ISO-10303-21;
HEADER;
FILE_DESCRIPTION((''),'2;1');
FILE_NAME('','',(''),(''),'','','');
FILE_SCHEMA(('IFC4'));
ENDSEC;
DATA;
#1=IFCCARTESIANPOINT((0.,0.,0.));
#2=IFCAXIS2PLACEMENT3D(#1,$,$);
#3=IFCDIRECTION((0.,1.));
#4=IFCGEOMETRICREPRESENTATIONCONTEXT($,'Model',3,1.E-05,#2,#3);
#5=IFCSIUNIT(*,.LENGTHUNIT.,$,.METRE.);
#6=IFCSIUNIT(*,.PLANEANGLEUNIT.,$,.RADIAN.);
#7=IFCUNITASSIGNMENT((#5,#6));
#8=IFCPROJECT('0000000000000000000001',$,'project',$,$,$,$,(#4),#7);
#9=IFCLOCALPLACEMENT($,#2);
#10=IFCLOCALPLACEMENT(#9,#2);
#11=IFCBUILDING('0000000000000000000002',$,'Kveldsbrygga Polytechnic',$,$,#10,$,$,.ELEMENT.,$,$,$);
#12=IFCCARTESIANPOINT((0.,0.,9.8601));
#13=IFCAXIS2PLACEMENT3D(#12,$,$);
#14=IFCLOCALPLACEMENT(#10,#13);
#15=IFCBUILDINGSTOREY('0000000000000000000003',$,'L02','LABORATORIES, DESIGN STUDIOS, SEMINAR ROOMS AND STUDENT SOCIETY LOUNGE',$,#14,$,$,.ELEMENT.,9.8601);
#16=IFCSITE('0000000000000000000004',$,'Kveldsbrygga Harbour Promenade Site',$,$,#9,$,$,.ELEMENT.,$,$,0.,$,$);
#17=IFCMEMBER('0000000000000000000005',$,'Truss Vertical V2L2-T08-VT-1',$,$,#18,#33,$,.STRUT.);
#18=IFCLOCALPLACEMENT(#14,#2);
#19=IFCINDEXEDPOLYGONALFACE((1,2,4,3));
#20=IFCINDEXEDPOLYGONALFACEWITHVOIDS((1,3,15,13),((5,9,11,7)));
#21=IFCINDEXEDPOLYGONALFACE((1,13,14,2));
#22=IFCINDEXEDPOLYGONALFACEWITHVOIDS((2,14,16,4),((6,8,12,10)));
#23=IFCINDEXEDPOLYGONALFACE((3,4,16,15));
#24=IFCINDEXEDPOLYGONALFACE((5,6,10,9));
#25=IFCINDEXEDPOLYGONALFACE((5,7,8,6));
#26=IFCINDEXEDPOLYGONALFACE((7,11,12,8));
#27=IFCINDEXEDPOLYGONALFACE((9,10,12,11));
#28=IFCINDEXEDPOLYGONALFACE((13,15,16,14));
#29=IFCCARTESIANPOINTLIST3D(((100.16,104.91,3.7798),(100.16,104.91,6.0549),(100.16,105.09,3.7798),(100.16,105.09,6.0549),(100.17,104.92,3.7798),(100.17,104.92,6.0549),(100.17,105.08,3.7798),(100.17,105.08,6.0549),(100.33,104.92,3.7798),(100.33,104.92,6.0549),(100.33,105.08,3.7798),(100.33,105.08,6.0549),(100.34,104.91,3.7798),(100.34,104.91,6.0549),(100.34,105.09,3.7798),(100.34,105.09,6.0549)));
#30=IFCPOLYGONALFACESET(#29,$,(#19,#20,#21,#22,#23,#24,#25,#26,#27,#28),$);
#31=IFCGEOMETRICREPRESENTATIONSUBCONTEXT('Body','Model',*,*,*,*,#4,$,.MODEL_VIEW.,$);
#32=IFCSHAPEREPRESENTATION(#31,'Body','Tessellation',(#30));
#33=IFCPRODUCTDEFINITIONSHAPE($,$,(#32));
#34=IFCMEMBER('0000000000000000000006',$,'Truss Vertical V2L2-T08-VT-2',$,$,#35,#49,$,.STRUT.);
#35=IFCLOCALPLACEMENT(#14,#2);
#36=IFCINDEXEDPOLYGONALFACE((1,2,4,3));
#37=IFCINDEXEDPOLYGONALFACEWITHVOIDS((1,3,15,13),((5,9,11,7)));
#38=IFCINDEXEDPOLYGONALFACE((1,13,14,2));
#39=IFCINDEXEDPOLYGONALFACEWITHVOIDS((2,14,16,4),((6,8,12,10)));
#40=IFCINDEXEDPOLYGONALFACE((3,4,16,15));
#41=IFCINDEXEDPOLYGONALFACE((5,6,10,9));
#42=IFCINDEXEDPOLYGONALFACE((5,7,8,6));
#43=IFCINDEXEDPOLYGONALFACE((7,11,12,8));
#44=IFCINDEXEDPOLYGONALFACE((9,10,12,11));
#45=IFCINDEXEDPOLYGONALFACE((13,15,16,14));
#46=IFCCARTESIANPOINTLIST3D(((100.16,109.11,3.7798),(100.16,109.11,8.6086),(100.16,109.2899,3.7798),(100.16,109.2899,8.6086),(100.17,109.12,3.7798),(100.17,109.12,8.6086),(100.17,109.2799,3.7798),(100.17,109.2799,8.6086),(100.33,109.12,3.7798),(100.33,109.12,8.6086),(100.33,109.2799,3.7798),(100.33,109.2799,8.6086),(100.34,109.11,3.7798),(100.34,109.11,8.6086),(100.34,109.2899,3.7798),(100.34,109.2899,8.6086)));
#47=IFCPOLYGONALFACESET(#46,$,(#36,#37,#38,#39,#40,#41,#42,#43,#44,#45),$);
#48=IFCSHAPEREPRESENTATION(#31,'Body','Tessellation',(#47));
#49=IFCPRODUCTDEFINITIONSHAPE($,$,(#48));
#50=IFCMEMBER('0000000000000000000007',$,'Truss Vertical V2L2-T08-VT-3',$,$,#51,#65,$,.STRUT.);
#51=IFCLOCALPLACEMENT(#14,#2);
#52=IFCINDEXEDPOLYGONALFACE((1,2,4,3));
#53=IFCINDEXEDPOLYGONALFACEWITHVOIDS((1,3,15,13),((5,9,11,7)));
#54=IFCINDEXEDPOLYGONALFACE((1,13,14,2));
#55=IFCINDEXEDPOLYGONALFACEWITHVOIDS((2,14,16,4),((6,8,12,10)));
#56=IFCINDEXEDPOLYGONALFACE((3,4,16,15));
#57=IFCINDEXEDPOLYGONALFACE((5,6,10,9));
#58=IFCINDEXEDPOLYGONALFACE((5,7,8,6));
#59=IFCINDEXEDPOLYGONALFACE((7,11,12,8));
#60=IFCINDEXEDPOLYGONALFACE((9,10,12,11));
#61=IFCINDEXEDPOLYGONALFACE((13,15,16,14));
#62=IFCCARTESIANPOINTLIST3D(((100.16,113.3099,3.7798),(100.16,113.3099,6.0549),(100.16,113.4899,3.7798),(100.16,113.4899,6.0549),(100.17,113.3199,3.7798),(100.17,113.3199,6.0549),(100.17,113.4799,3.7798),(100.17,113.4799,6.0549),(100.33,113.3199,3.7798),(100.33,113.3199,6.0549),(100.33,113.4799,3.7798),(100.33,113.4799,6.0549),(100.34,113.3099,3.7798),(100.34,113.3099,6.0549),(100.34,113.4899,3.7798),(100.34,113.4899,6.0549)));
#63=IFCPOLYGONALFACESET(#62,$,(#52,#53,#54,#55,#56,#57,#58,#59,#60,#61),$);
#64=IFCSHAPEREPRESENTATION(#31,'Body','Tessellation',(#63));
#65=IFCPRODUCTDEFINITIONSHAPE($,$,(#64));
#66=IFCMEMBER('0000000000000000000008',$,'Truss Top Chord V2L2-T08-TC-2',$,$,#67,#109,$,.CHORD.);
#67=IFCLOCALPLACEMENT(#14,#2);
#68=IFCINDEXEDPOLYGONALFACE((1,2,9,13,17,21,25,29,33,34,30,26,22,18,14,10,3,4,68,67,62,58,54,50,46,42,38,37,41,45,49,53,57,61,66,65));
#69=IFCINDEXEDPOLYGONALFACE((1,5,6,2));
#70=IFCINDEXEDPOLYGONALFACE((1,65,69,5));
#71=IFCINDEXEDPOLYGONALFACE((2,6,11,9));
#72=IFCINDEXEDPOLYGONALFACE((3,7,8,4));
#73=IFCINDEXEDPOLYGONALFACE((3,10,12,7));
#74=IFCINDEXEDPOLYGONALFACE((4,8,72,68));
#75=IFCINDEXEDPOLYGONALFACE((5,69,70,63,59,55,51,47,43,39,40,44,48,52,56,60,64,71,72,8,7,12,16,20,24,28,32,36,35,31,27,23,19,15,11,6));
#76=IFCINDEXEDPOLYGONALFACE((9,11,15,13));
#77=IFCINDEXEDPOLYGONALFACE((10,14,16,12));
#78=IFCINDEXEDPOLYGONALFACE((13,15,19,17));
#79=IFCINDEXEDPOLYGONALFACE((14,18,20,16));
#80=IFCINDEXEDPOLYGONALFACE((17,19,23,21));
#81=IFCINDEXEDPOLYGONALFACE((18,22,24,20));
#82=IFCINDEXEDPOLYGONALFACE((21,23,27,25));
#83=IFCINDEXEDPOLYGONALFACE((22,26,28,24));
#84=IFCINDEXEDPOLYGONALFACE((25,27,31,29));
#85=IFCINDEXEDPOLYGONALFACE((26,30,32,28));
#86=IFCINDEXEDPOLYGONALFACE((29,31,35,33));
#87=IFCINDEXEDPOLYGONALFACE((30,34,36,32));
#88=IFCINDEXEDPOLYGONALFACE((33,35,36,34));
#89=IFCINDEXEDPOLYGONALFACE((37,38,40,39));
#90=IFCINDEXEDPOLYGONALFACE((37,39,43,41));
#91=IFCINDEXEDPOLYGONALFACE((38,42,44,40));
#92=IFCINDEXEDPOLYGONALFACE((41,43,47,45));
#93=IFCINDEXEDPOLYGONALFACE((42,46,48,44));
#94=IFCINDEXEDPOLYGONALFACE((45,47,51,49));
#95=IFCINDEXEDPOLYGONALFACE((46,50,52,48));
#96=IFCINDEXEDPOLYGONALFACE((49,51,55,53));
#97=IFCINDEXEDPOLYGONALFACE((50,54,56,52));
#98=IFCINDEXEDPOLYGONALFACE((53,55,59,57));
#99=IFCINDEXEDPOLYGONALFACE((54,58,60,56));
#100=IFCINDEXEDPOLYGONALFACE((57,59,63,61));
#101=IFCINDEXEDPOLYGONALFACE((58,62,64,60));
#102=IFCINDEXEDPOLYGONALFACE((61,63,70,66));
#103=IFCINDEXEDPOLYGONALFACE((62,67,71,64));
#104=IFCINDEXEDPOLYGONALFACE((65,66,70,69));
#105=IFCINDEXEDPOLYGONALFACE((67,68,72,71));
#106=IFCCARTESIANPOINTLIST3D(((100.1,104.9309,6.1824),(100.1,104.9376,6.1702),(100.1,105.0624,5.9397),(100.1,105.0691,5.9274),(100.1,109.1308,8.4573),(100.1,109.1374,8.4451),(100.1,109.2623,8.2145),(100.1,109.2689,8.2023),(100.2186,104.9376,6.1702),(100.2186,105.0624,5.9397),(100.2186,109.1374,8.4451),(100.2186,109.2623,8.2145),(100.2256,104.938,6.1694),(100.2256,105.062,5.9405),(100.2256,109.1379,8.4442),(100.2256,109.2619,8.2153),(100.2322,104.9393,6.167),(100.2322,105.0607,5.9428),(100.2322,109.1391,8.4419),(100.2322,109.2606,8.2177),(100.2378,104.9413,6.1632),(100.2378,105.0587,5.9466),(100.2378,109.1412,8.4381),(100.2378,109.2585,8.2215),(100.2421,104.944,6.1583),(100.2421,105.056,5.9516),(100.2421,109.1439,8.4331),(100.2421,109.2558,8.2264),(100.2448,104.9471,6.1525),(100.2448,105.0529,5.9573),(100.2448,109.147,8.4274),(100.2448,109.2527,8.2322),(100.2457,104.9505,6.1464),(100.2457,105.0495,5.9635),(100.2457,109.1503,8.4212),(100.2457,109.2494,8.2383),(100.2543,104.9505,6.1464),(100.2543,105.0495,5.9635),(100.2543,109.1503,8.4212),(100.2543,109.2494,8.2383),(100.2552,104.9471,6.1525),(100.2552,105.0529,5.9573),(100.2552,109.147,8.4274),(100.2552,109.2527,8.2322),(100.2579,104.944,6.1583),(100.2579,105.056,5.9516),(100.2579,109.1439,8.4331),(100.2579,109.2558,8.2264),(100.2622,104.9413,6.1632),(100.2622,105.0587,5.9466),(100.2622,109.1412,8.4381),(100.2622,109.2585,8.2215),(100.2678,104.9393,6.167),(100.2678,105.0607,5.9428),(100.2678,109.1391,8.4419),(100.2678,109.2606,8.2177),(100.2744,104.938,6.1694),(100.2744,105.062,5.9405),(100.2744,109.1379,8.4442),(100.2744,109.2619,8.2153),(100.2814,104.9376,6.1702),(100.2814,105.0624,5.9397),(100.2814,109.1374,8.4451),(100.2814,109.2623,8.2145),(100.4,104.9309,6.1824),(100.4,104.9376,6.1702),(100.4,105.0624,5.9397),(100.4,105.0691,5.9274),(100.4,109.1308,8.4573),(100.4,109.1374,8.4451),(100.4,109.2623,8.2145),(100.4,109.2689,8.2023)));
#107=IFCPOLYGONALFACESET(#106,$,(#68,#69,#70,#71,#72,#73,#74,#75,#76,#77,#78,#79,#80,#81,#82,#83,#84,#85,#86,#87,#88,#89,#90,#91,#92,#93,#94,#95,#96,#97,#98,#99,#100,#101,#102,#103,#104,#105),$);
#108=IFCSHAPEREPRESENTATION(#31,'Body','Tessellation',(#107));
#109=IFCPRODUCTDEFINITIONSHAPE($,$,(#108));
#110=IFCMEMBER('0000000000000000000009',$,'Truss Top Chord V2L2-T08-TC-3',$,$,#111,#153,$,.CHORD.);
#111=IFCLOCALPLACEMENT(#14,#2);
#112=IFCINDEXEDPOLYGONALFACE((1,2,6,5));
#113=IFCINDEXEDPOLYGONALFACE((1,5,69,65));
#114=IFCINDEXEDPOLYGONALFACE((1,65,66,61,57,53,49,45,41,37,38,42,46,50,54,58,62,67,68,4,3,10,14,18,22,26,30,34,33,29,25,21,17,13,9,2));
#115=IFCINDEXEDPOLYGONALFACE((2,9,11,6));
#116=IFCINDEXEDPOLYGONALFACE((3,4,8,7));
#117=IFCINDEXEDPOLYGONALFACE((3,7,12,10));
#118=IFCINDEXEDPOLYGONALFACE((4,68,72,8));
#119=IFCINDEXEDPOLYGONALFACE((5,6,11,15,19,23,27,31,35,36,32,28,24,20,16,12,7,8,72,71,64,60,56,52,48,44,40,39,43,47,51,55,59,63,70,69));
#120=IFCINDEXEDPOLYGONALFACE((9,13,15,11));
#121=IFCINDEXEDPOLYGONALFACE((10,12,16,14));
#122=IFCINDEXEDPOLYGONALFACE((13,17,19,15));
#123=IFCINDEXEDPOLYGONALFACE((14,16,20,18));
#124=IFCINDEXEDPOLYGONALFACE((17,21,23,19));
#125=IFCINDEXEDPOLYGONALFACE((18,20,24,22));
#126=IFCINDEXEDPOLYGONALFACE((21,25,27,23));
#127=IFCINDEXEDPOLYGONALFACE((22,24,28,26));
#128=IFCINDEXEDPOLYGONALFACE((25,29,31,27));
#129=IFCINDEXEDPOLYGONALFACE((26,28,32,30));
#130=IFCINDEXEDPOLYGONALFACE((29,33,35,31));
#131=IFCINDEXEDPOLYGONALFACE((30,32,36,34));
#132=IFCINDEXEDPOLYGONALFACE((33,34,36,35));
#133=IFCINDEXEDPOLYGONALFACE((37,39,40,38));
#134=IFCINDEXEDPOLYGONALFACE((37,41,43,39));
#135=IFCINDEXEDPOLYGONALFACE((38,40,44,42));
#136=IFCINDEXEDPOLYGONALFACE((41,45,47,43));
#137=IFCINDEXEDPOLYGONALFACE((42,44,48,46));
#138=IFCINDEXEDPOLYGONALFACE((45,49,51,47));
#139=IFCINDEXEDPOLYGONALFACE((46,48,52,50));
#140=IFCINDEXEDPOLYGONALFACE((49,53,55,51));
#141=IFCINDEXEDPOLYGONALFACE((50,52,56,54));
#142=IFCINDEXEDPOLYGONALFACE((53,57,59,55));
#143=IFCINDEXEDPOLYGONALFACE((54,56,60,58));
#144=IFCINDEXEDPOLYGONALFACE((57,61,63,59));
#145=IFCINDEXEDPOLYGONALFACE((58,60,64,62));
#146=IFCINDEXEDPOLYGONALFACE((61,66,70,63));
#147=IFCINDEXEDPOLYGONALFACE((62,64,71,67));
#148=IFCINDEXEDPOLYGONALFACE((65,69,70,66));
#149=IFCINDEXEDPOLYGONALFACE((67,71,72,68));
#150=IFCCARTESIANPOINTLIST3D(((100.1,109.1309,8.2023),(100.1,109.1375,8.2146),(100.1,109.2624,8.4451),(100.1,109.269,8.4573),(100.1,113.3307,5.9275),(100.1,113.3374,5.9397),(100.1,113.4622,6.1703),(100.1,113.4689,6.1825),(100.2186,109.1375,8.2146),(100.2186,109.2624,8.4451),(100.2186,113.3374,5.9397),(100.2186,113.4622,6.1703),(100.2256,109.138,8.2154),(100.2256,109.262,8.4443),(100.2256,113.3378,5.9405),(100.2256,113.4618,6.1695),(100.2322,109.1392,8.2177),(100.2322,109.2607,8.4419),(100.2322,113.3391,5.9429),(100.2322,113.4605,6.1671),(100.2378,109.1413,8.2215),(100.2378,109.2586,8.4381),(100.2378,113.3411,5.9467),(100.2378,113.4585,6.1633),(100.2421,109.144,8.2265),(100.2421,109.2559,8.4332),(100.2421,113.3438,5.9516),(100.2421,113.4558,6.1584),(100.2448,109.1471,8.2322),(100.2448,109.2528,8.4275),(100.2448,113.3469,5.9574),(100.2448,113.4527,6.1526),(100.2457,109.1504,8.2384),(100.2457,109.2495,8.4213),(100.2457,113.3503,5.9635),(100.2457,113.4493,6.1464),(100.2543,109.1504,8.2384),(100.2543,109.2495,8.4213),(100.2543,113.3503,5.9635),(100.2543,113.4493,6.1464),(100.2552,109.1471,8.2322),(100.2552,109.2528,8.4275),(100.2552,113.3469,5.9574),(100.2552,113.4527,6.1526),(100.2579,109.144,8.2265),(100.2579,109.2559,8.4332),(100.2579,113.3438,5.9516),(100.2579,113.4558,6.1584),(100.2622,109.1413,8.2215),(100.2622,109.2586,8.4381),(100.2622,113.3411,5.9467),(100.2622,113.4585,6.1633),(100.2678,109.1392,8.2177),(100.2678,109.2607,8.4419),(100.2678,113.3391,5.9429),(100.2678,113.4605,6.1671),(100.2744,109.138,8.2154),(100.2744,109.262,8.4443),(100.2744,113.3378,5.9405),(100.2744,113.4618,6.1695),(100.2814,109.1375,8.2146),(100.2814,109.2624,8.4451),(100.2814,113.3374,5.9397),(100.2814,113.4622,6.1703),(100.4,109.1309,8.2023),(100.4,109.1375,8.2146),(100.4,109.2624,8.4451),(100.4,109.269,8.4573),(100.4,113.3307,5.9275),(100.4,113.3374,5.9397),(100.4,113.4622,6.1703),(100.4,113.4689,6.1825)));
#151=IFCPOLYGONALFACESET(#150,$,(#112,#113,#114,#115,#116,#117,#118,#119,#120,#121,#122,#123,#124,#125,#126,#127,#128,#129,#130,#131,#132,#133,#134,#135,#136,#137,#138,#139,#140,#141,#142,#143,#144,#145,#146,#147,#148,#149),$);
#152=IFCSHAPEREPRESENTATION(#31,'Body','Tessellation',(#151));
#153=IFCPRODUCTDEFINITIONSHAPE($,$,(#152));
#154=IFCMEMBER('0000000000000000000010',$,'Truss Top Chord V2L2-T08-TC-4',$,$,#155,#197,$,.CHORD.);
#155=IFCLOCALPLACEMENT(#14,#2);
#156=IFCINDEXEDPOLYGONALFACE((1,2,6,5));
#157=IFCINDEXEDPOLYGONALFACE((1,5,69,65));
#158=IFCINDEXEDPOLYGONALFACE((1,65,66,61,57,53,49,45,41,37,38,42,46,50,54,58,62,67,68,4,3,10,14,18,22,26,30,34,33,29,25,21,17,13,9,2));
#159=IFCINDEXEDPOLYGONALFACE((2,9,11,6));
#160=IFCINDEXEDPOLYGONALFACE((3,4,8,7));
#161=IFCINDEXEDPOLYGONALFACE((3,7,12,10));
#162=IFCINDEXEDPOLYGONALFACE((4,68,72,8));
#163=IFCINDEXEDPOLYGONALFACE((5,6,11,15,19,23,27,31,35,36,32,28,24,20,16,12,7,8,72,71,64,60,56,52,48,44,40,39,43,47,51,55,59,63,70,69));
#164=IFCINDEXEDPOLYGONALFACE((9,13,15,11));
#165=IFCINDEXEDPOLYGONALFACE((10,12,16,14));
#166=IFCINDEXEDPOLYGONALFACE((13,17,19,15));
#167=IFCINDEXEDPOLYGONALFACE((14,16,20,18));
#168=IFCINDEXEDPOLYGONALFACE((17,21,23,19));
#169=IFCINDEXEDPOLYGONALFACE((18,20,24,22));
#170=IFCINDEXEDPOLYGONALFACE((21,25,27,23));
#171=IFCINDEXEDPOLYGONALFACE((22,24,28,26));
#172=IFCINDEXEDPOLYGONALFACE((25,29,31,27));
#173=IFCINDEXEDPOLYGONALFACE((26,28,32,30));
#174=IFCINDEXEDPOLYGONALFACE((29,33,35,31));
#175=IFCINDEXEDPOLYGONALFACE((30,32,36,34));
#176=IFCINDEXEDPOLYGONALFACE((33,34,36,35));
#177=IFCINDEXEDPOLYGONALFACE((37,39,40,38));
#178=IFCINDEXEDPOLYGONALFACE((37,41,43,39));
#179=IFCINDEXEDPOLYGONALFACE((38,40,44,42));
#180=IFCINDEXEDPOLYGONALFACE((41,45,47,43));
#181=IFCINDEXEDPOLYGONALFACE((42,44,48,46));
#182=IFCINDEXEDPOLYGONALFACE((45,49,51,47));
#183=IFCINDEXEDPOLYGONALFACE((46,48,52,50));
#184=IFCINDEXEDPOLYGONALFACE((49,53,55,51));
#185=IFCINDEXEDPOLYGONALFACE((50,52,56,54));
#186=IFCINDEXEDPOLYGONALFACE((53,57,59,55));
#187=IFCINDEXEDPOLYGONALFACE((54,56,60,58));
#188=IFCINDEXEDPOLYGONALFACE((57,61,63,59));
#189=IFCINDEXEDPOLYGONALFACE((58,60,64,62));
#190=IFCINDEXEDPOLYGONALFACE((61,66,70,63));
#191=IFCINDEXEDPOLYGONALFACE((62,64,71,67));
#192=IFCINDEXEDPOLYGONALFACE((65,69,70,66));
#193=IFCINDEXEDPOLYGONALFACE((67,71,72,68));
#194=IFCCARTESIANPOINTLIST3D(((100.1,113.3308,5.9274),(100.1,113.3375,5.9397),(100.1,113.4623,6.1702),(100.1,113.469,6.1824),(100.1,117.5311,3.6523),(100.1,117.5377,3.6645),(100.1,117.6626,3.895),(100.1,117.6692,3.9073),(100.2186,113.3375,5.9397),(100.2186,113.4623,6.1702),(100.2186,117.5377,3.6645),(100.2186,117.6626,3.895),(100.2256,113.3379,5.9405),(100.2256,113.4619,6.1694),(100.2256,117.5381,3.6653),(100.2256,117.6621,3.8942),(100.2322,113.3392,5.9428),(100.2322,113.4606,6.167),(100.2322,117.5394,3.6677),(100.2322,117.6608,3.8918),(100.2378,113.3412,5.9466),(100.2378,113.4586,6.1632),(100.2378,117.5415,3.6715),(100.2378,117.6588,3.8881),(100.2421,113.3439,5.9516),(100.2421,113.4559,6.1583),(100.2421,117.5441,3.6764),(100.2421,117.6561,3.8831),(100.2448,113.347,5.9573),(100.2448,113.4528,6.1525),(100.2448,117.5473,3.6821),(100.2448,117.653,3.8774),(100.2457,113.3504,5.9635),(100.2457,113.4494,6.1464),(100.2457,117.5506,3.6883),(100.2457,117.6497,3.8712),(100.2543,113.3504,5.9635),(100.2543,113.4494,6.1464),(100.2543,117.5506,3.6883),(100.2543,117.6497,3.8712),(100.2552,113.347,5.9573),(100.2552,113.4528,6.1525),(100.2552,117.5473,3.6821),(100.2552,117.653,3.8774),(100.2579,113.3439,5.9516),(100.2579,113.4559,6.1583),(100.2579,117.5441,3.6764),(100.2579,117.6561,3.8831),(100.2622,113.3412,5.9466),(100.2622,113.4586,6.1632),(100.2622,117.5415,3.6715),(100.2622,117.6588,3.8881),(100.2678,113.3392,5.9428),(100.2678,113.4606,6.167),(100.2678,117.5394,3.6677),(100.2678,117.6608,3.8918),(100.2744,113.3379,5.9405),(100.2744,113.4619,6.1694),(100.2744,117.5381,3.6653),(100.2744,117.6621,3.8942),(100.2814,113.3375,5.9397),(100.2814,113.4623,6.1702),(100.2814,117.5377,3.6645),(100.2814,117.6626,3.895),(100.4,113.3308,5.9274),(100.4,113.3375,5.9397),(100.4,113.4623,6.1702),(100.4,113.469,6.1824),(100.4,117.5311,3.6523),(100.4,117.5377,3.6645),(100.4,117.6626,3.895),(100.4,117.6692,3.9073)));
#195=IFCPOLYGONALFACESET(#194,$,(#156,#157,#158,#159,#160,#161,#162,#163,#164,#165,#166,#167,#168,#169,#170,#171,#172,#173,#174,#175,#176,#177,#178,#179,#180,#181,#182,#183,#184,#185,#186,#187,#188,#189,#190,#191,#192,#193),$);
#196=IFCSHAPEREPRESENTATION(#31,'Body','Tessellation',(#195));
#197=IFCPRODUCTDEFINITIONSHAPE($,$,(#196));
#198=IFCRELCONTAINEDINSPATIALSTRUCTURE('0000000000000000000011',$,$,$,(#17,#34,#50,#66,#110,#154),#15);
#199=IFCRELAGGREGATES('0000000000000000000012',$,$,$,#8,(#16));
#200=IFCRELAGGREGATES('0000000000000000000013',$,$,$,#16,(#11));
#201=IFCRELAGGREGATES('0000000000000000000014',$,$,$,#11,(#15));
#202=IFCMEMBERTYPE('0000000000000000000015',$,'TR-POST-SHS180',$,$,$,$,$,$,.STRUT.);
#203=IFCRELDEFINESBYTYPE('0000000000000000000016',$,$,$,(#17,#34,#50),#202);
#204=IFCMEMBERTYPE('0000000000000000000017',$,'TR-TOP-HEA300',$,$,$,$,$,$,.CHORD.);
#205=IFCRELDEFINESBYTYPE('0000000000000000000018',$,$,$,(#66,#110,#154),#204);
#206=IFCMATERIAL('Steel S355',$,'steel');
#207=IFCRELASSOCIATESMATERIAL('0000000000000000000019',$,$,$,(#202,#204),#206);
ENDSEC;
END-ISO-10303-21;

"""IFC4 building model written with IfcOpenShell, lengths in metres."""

from ifc_helpers import new_model, si_unit, direction, frame, origin, origin_2d, place, context, subcontext, project, spatial, hollow_rectangle, i_section, extrude, material, material_profile, profile_set, type_object, element, save


model = new_model("IFC4")

# Units and contexts
model_context = context("Model", 3, precision=1e-05, world=origin(), true_north=direction((0.0, 1.0)))
body_context = subcontext(model_context, "Body", "Model", "MODEL_VIEW")
ifc_project = project(units=[si_unit("LENGTHUNIT", "METRE"), si_unit("PLANEANGLEUNIT", "RADIAN")], contexts=[model_context])

# Site, building, storey
site_placement = place(None, origin())
site = spatial("IfcSite", under=ifc_project, at=site_placement, Name="Kveldsbrygga Harbour Promenade Site", CompositionType="ELEMENT", RefElevation=0.0)
building_placement = place(site_placement, origin())
building = spatial("IfcBuilding", under=site, at=building_placement, Name="Kveldsbrygga Polytechnic", CompositionType="ELEMENT")
storey_placement = place(building_placement, frame((0.0, 0.0, 9.8601)))
storey = spatial("IfcBuildingStorey", under=building, at=storey_placement, Name="L02", Description="LABORATORIES, DESIGN STUDIOS, SEMINAR ROOMS AND STUDENT SOCIETY LOUNGE", CompositionType="ELEMENT", Elevation=9.8601)

# Members
ifc_material_1 = material(Name="Steel S355", Category="steel")
ifc_material_profile_1 = material_profile(ifc_material_1, hollow_rectangle(XDim=0.1799, YDim=0.1799, WallThickness=0.01, at=origin_2d()), Name="SHS 180x180x10.0")
ifc_profile_set_1 = profile_set([ifc_material_profile_1], Name="Steel S355")
member_type_1 = type_object("IfcMemberType", Name="TR-POST-SHS180", PredefinedType="STRUT", material=ifc_profile_set_1)
member_1_placement = place(storey_placement, frame((100.25, 105.0, 3.7798), z_axis=(0.0, 0.0, 1.0), x_axis=(1.0, 0.0, 0.0)))
element("IfcMember", 1, at=member_1_placement, inside=storey, type_object=member_type_1, Name="Truss Vertical V2L2-T08-VT-1", PredefinedType="STRUT", context=body_context, shape_type="SweptSolid", body=[
    extrude(hollow_rectangle(XDim=0.1799, YDim=0.1799, WallThickness=0.01, at=origin_2d()), origin(), (0.0, 0.0, 1.0), 2.2751),
])
member_2_placement = place(storey_placement, frame((100.25, 109.2, 3.7798), z_axis=(0.0, 0.0, 1.0), x_axis=(1.0, 0.0, 0.0)))
element("IfcMember", 2, at=member_2_placement, inside=storey, type_object=member_type_1, Name="Truss Vertical V2L2-T08-VT-2", PredefinedType="STRUT", context=body_context, shape_type="SweptSolid", body=[
    extrude(hollow_rectangle(XDim=0.1799, YDim=0.1799, WallThickness=0.01, at=origin_2d()), origin(), (0.0, 0.0, 1.0), 4.8289),
])
member_3_placement = place(storey_placement, frame((100.25, 113.3999, 3.7798), z_axis=(0.0, 0.0, 1.0), x_axis=(1.0, 0.0, 0.0)))
element("IfcMember", 3, at=member_3_placement, inside=storey, type_object=member_type_1, Name="Truss Vertical V2L2-T08-VT-3", PredefinedType="STRUT", context=body_context, shape_type="SweptSolid", body=[
    extrude(hollow_rectangle(XDim=0.1799, YDim=0.1799, WallThickness=0.01, at=origin_2d()), origin(), (0.0, 0.0, 1.0), 2.2751),
])
ifc_material_profile_2 = material_profile(ifc_material_1, i_section(OverallWidth=0.3, OverallDepth=0.29, WebThickness=0.0085, FlangeThickness=0.0139, FilletRadius=0.0271, at=origin_2d()), Name="HEA 300")
ifc_profile_set_2 = profile_set([ifc_material_profile_2], Name="Steel S355")
member_type_2 = type_object("IfcMemberType", Name="TR-TOP-HEA300", PredefinedType="CHORD", material=ifc_profile_set_2)
for number, where, z_axis, x_axis, name in (
    (4, (100.25, 105.0, 6.0549), (0.0, 0.879298, 0.476272), (-1.0, 0.0, 0.0), "Truss Top Chord V2L2-T08-TC-2"),
    (5, (100.25, 109.2, 8.3298), (0.0, 0.879298, -0.476272), (-1.0, 0.0, 0.0), "Truss Top Chord V2L2-T08-TC-3"),
):
    element("IfcMember", number, at=place(storey_placement, frame(where, z_axis=z_axis, x_axis=x_axis)), inside=storey, type_object=member_type_2, Name=name, PredefinedType="CHORD", context=body_context, shape_type="SweptSolid", body=[
        extrude(i_section(OverallWidth=0.3, OverallDepth=0.29, WebThickness=0.0085, FlangeThickness=0.0139, FilletRadius=0.0271, at=origin_2d()), origin(), (0.0, 0.0, 1.0), 4.7764),
    ])
member_4_placement = place(storey_placement, frame((100.25, 113.3999, 6.0549), z_axis=(0.0, 0.879288, -0.47629), x_axis=(-1.0, 0.0, 0.0)))
element("IfcMember", 6, at=member_4_placement, inside=storey, type_object=member_type_2, Name="Truss Top Chord V2L2-T08-TC-4", PredefinedType="CHORD", context=body_context, shape_type="SweptSolid", body=[
    extrude(i_section(OverallWidth=0.3, OverallDepth=0.29, WebThickness=0.0085, FlangeThickness=0.0139, FilletRadius=0.0271, at=origin_2d()), origin(), (0.0, 0.0, 1.0), 4.7769),
])

save(model, "model.ifc")
